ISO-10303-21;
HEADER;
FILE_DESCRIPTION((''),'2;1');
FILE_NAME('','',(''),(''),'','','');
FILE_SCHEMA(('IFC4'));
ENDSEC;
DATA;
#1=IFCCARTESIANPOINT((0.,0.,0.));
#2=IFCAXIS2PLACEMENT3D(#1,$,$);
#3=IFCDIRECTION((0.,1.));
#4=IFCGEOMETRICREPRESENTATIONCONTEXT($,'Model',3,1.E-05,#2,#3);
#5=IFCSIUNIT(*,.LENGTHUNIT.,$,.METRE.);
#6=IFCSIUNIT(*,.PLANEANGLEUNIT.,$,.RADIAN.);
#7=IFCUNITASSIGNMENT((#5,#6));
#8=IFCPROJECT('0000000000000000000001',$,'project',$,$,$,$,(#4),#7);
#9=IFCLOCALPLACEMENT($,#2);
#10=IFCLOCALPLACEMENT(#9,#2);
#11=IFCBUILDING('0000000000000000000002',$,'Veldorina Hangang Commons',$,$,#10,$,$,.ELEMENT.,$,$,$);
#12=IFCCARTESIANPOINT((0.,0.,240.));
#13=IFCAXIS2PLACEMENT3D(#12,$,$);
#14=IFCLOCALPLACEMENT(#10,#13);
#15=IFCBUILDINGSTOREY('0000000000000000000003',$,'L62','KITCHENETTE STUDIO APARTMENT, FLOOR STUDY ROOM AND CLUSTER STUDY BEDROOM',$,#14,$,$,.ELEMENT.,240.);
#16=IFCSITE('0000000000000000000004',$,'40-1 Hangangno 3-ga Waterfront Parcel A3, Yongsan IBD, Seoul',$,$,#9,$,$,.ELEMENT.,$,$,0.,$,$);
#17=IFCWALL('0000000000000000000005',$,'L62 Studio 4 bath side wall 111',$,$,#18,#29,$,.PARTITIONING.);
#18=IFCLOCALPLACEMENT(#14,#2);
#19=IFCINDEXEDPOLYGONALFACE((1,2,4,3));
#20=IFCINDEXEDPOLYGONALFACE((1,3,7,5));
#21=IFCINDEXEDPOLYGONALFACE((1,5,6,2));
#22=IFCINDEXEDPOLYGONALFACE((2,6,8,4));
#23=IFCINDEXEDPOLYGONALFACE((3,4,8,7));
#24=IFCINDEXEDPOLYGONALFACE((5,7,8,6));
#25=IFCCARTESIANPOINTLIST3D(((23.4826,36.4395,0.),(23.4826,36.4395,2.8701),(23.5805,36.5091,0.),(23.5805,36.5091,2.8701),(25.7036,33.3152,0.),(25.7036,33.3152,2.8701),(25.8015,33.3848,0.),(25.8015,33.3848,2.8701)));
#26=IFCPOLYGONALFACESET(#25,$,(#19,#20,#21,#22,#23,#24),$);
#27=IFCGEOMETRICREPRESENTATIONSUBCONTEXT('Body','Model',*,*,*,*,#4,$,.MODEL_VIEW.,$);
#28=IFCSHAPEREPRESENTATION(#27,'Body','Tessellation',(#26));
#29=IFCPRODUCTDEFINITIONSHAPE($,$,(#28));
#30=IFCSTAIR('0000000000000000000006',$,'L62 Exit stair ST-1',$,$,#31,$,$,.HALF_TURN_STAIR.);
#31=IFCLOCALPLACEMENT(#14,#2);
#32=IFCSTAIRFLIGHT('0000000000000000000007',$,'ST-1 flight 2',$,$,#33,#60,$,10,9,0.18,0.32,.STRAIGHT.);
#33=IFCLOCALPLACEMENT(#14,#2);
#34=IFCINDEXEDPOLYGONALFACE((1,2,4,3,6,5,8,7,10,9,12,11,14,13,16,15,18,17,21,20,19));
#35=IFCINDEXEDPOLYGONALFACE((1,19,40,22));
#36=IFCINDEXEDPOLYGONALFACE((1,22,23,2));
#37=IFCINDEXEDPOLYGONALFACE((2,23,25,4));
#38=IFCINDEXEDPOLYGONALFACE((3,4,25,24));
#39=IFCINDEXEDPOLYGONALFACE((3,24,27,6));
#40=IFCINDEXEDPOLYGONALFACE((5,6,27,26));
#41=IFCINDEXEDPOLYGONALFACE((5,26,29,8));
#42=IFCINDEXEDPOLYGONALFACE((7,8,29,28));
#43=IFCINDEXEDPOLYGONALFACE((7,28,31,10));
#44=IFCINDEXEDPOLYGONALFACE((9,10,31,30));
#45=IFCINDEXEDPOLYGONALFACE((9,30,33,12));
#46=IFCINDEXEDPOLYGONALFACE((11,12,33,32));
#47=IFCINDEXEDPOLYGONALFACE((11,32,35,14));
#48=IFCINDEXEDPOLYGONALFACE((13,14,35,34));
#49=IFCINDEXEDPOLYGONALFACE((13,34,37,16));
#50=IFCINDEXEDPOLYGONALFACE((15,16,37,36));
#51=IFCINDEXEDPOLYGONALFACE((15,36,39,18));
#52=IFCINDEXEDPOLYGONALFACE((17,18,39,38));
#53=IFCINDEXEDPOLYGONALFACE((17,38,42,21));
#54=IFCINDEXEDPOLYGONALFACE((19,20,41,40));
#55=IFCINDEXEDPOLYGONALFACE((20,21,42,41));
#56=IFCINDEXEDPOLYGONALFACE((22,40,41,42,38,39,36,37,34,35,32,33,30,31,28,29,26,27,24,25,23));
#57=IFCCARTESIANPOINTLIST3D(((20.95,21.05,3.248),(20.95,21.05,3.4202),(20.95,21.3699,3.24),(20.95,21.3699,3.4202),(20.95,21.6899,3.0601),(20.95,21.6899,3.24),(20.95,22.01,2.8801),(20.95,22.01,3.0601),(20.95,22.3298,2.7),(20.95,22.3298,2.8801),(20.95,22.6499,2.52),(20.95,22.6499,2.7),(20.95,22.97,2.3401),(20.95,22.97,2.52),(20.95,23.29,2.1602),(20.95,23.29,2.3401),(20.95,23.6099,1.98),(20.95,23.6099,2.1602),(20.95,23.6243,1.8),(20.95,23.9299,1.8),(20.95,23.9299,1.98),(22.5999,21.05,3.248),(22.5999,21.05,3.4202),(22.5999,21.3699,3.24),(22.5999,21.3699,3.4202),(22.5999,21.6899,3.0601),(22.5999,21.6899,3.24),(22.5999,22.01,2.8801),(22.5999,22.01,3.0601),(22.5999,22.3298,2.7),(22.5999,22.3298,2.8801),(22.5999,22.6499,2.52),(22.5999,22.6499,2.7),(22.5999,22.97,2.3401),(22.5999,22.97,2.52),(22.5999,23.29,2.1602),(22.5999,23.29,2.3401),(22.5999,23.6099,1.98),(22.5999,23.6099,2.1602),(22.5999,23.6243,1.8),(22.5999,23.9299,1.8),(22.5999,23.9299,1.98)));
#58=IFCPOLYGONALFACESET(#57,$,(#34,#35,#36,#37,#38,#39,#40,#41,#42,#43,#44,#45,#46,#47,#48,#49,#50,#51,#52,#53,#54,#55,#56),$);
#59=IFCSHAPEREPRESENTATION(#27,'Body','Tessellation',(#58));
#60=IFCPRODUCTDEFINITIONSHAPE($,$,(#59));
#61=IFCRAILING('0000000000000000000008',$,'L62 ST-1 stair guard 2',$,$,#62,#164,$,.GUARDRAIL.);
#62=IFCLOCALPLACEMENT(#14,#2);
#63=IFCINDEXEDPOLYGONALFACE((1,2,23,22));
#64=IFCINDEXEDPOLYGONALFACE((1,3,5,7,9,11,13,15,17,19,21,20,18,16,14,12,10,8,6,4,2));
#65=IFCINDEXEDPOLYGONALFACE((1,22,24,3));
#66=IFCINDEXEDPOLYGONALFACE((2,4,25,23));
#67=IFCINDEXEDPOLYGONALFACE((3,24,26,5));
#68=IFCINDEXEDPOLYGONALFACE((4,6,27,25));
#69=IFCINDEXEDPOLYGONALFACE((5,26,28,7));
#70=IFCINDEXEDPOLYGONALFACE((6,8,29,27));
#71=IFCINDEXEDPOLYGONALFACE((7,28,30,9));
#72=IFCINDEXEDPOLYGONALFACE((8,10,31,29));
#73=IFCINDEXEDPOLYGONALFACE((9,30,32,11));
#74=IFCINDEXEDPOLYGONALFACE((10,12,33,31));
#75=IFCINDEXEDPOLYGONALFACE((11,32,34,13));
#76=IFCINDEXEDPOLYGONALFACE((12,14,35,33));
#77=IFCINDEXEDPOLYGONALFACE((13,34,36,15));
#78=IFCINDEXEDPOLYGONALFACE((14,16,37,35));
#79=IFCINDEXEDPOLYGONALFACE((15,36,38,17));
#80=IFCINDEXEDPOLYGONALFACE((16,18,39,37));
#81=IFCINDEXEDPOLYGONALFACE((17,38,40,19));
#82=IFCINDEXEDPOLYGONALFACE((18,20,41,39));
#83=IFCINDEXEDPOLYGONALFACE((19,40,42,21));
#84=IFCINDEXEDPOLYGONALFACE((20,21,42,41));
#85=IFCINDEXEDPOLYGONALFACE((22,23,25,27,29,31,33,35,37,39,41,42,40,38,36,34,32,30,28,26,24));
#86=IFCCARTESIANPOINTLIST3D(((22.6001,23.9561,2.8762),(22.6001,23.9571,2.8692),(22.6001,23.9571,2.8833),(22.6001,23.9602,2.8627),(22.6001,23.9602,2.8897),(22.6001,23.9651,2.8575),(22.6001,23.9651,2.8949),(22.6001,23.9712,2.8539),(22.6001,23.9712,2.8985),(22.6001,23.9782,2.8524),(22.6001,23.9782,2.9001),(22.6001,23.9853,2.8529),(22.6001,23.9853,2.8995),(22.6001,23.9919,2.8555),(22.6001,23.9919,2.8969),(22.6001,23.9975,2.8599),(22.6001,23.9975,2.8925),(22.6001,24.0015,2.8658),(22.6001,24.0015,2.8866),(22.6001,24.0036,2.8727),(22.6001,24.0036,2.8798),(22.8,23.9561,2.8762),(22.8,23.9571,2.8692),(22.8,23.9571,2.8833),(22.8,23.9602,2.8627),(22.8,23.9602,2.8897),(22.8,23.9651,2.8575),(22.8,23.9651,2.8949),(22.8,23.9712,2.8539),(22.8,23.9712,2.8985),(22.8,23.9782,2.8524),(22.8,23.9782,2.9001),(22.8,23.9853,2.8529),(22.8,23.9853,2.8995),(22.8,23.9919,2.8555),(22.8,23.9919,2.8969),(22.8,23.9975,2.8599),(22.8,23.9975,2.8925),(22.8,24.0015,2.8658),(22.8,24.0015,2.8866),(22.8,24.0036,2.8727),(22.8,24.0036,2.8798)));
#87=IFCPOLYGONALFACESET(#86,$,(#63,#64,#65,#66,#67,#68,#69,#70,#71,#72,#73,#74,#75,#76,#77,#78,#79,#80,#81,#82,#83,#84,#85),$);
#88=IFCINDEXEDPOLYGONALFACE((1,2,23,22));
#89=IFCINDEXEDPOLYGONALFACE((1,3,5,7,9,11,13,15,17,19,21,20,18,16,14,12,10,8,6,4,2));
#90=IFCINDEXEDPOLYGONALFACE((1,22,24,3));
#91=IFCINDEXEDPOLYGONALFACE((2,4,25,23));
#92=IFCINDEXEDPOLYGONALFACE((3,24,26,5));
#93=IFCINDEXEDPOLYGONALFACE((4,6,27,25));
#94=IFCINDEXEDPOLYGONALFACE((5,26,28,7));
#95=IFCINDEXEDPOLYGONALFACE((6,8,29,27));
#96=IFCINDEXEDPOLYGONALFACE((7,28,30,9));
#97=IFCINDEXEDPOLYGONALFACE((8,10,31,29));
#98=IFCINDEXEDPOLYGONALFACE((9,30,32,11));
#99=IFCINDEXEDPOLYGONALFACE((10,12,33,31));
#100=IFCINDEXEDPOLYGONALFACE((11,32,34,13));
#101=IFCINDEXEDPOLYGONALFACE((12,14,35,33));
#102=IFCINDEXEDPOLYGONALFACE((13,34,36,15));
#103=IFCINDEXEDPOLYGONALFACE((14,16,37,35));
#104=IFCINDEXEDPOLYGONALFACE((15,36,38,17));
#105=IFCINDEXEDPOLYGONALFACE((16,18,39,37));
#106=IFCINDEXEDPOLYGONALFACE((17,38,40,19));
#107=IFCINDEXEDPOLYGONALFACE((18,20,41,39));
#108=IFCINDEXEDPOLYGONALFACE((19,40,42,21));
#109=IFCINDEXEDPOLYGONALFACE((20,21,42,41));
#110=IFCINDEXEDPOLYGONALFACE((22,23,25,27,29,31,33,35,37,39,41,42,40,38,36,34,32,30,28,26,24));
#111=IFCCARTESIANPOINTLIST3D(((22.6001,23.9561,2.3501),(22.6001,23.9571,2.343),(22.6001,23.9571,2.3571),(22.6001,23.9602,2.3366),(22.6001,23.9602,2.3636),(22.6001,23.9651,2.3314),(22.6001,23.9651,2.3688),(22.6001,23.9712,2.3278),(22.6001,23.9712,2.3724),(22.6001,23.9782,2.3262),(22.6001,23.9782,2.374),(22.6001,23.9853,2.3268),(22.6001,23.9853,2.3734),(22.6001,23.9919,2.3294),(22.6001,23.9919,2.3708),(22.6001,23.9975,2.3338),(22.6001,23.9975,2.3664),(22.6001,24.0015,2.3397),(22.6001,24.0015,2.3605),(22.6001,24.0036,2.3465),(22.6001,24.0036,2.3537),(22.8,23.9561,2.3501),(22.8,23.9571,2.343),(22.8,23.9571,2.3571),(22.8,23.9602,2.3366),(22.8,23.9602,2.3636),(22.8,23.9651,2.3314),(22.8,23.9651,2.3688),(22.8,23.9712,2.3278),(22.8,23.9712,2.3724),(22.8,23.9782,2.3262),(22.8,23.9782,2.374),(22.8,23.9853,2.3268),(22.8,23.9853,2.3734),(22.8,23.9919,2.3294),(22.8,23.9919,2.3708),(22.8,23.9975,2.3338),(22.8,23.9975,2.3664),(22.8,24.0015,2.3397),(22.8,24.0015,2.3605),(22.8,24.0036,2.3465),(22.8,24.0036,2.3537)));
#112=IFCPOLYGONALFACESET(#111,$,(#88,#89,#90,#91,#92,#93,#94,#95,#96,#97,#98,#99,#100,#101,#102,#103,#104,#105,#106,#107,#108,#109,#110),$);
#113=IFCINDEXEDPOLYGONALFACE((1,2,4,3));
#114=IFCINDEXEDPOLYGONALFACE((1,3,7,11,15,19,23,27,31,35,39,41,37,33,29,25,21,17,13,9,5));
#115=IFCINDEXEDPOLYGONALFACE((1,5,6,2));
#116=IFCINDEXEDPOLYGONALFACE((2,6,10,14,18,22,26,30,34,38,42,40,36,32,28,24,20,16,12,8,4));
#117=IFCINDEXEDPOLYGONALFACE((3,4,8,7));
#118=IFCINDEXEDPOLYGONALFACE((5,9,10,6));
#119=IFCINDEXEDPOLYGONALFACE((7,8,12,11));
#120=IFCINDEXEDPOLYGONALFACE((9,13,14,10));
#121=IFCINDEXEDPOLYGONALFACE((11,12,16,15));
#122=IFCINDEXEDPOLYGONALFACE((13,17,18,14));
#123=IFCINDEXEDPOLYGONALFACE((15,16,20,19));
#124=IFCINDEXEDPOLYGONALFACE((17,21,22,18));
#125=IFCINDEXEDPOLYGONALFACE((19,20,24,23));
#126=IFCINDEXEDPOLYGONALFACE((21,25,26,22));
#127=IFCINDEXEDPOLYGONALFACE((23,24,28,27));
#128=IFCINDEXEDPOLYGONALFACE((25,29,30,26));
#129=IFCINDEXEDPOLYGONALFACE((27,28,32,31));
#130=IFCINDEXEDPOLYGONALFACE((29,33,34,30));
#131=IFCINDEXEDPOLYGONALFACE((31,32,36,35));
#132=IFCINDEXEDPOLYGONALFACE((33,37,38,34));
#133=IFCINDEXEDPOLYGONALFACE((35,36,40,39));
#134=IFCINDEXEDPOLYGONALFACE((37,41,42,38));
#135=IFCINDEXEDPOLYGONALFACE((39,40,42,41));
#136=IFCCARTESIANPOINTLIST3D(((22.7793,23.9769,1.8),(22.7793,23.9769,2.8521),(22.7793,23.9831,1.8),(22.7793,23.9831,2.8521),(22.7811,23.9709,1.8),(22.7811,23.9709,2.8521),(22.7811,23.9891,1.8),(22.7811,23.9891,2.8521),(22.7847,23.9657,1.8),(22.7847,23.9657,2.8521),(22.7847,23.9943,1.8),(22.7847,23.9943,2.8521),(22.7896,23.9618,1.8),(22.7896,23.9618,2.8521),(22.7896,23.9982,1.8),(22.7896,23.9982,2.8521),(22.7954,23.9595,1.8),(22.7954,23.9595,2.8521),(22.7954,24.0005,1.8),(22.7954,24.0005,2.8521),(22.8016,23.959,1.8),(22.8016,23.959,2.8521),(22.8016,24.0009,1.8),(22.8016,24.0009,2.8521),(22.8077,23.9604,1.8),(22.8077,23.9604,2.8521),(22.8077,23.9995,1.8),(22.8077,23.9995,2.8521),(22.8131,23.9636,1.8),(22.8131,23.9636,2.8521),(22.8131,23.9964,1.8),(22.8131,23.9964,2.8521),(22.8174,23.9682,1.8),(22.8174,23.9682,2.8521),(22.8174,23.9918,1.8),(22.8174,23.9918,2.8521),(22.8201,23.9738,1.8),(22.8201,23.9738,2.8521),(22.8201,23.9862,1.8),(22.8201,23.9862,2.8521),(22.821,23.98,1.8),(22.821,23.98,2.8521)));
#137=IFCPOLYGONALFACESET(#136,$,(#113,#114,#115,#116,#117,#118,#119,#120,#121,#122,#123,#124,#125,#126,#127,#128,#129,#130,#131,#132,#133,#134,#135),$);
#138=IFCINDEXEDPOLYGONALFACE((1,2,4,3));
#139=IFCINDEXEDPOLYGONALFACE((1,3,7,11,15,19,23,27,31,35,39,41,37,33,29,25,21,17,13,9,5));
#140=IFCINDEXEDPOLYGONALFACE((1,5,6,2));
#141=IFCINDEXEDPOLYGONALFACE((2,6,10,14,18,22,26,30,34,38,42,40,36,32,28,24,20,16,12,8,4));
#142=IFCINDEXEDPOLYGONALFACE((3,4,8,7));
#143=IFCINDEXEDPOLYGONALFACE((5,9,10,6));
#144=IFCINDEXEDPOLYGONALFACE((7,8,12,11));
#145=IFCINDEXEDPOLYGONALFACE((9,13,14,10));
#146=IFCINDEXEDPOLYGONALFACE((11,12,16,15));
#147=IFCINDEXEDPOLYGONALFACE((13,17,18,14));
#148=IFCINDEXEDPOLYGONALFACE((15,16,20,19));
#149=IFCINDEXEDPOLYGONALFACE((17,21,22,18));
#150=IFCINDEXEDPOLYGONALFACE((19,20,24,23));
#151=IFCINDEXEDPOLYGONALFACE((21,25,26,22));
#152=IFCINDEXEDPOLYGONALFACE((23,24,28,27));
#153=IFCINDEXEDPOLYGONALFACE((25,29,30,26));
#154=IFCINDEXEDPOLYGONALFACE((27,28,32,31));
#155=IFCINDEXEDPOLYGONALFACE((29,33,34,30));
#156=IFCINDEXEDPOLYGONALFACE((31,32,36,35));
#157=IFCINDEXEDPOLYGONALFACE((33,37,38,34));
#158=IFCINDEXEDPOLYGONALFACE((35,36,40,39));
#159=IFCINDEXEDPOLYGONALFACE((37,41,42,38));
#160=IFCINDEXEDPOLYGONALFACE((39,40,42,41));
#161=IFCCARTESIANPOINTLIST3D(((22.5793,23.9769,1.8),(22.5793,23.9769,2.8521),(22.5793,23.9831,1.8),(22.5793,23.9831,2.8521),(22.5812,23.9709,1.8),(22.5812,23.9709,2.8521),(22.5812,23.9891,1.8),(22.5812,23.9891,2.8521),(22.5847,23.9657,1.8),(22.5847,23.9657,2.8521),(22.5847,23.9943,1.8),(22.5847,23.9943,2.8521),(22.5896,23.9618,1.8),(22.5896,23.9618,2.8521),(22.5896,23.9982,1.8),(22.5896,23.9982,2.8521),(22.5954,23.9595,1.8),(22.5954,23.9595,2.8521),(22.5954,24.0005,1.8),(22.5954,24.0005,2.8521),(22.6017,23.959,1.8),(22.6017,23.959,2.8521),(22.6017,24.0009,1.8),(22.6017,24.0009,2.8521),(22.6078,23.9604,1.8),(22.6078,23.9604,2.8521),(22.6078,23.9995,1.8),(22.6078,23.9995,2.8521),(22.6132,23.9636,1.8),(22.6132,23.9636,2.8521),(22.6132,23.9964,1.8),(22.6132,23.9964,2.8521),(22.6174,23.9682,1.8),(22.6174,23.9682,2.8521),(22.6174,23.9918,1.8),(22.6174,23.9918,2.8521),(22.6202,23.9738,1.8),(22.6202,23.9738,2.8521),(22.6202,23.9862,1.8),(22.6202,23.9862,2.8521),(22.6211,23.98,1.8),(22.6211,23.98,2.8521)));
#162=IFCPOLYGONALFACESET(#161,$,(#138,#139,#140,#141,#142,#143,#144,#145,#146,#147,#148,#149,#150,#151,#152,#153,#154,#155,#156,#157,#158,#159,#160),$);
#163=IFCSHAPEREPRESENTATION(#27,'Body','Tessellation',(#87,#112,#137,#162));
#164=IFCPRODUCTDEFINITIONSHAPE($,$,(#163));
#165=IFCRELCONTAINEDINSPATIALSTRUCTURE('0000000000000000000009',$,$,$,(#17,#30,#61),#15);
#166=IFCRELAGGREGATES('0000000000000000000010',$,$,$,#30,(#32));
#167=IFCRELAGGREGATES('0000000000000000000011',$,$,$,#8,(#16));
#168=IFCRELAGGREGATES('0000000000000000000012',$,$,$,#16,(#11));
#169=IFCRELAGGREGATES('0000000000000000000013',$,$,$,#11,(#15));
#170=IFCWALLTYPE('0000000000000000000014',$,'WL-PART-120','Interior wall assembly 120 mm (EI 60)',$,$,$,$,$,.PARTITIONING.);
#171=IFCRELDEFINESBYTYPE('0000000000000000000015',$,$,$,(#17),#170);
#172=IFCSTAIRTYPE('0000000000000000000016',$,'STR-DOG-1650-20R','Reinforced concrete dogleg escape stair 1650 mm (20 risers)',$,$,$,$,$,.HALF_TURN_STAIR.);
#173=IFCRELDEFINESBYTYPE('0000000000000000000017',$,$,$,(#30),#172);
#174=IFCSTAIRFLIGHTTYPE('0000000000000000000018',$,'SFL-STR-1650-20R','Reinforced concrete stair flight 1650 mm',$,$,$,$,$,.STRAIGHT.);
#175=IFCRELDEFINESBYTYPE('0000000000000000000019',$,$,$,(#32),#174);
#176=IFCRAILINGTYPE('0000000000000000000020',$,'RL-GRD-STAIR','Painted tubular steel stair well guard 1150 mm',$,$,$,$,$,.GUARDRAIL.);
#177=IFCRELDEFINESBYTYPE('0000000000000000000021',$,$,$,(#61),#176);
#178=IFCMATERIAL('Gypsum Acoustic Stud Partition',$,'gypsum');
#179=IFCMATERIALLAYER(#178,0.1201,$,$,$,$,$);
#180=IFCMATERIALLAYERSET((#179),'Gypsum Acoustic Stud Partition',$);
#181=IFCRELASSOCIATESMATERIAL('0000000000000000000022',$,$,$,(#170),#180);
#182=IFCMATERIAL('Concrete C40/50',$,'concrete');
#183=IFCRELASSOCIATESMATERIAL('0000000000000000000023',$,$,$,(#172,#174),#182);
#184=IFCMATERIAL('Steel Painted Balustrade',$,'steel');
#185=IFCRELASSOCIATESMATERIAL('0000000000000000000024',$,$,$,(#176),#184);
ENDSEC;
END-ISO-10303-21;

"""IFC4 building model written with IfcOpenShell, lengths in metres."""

from ifc_helpers import new_model, si_unit, direction, frame, frame_2d, origin, origin_2d, place, context, subcontext, project, spatial, polyline, rectangle, circle, outline, extrude, material, layer, layer_set, type_object, element, aggregate, save


model = new_model("IFC4")

# Units and contexts
model_context = context("Model", 3, precision=1e-05, world=origin(), true_north=direction((0.0, 1.0)))
body_context = subcontext(model_context, "Body", "Model", "MODEL_VIEW")
ifc_project = project(units=[si_unit("LENGTHUNIT", "METRE"), si_unit("PLANEANGLEUNIT", "RADIAN")], contexts=[model_context])

# Site, building, storey
site_placement = place(None, origin())
site = spatial("IfcSite", under=ifc_project, at=site_placement, Name="40-1 Hangangno 3-ga Waterfront Parcel A3, Yongsan IBD, Seoul", CompositionType="ELEMENT", RefElevation=0.0)
building_placement = place(site_placement, origin())
building = spatial("IfcBuilding", under=site, at=building_placement, Name="Veldorina Hangang Commons", CompositionType="ELEMENT")
storey_placement = place(building_placement, frame((0.0, 0.0, 240.0)))
storey = spatial("IfcBuildingStorey", under=building, at=storey_placement, Name="L62", Description="KITCHENETTE STUDIO APARTMENT, FLOOR STUDY ROOM AND CLUSTER STUDY BEDROOM", CompositionType="ELEMENT", Elevation=240.0)

# Shared definitions
ifc_material_1 = material(Name="Gypsum Acoustic Stud Partition", Category="gypsum")
ifc_layer_1 = layer(ifc_material_1, 0.1201)
ifc_layer_set_1 = layer_set([ifc_layer_1], Name="Gypsum Acoustic Stud Partition")
wall_type_1 = type_object("IfcWallType", Name="WL-PART-120", Description="Interior wall assembly 120 mm (EI 60)", PredefinedType="PARTITIONING", material=ifc_layer_set_1)

# Wall
wall_1_placement = place(storey_placement, frame((25.7524, 33.3501, 0.0), z_axis=(0.0, 0.0, 1.0), x_axis=(-0.579393, 0.815048, 0.0)))
element("IfcWall", 1, at=wall_1_placement, inside=storey, type_object=wall_type_1, Name="L62 Studio 4 bath side wall 111", PredefinedType="PARTITIONING", context=body_context, shape_type="SweptSolid", body=[
    extrude(rectangle(XDim=3.8333, YDim=0.1201, at=frame_2d((1.9165, 0.0))), origin(), (0.0, 0.0, 1.0), 2.8701),
])

# Stair, stair flight
ifc_material_2 = material(Name="Concrete C40/50", Category="concrete")
stair_type = type_object("IfcStairType", Name="STR-DOG-1650-20R", Description="Reinforced concrete dogleg escape stair 1650 mm (20 risers)", PredefinedType="HALF_TURN_STAIR", material=ifc_material_2)
stair_placement = place(storey_placement, origin())
stair = element("IfcStair", 2, at=stair_placement, inside=storey, type_object=stair_type, Name="L62 Exit stair ST-1", PredefinedType="HALF_TURN_STAIR")
stair_flight_type = type_object("IfcStairFlightType", Name="SFL-STR-1650-20R", Description="Reinforced concrete stair flight 1650 mm", PredefinedType="STRAIGHT", material=ifc_material_2)
stair_flight_placement = place(storey_placement, frame((21.7749, 23.9299, 1.8), z_axis=(0.0, 0.0, 1.0), x_axis=(0.0, -1.0, 0.0)))
stair_flight = element("IfcStairFlight", 3, at=stair_flight_placement, type_object=stair_flight_type, Name="ST-1 flight 2", NumberOfRisers=10, NumberOfTreads=9, PredefinedType="STRAIGHT", RiserHeight=0.18, TreadLength=0.32, context=body_context, shape_type="SweptSolid", body=[
    extrude(outline(polyline([(0.0, 0.0), (0.0, 0.1799), (0.3201, 0.1799), (0.3201, 0.3601), (0.6399, 0.3601), (0.6399, 0.54), (0.96, 0.54), (0.96, 0.72), (1.28, 0.72), (1.28, 0.8999), (1.6001, 0.8999), (1.6001, 1.0801), (1.9199, 1.0801), (1.9199, 1.26), (2.24, 1.26), (2.24, 1.4399), (2.5601, 1.4399), (2.5601, 1.6201), (2.8799, 1.6201), (2.8799, 1.8), (2.8799, 1.448), (0.3057, 0.0), (0.0, 0.0)])), frame((0.0, 0.825, 0.0), z_axis=(0.0, -1.0, 0.0), x_axis=(1.0, 0.0, 0.0)), (0.0, 0.0, 1.0), 1.6499),
])
aggregate(stair, [stair_flight])

# Railing
ifc_material_3 = material(Name="Steel Painted Balustrade", Category="steel")
railing_type_1 = type_object("IfcRailingType", Name="RL-GRD-STAIR", Description="Painted tubular steel stair well guard 1150 mm", PredefinedType="GUARDRAIL", material=ifc_material_3)
railing_1_placement = place(storey_placement, frame((22.8, 23.98, 1.8)))
element("IfcRailing", 4, at=railing_1_placement, inside=storey, type_object=railing_type_1, Name="L62 ST-1 stair guard 2", PredefinedType="GUARDRAIL", context=body_context, shape_type="SweptSolid", body=[
    extrude(circle(Radius=0.0239, at=origin_2d()), frame((0.0, 0.0, 1.0762), z_axis=(-1.0, 0.0, 0.0), x_axis=(0.0, -1.0, 0.0)), (0.0, 0.0, 1.0), 0.2),
    extrude(circle(Radius=0.0239, at=origin_2d()), frame((0.0, 0.0, 0.55), z_axis=(-1.0, 0.0, 0.0), x_axis=(0.0, -1.0, 0.0)), (0.0, 0.0, 1.0), 0.2),
    extrude(circle(Radius=0.021, at=origin_2d()), origin(), (0.0, 0.0, 1.0), 1.052),
    extrude(circle(Radius=0.021, at=origin_2d()), frame((-0.2, 0.0, 0.0)), (0.0, 0.0, 1.0), 1.052),
])

save(model, "model.ifc")
